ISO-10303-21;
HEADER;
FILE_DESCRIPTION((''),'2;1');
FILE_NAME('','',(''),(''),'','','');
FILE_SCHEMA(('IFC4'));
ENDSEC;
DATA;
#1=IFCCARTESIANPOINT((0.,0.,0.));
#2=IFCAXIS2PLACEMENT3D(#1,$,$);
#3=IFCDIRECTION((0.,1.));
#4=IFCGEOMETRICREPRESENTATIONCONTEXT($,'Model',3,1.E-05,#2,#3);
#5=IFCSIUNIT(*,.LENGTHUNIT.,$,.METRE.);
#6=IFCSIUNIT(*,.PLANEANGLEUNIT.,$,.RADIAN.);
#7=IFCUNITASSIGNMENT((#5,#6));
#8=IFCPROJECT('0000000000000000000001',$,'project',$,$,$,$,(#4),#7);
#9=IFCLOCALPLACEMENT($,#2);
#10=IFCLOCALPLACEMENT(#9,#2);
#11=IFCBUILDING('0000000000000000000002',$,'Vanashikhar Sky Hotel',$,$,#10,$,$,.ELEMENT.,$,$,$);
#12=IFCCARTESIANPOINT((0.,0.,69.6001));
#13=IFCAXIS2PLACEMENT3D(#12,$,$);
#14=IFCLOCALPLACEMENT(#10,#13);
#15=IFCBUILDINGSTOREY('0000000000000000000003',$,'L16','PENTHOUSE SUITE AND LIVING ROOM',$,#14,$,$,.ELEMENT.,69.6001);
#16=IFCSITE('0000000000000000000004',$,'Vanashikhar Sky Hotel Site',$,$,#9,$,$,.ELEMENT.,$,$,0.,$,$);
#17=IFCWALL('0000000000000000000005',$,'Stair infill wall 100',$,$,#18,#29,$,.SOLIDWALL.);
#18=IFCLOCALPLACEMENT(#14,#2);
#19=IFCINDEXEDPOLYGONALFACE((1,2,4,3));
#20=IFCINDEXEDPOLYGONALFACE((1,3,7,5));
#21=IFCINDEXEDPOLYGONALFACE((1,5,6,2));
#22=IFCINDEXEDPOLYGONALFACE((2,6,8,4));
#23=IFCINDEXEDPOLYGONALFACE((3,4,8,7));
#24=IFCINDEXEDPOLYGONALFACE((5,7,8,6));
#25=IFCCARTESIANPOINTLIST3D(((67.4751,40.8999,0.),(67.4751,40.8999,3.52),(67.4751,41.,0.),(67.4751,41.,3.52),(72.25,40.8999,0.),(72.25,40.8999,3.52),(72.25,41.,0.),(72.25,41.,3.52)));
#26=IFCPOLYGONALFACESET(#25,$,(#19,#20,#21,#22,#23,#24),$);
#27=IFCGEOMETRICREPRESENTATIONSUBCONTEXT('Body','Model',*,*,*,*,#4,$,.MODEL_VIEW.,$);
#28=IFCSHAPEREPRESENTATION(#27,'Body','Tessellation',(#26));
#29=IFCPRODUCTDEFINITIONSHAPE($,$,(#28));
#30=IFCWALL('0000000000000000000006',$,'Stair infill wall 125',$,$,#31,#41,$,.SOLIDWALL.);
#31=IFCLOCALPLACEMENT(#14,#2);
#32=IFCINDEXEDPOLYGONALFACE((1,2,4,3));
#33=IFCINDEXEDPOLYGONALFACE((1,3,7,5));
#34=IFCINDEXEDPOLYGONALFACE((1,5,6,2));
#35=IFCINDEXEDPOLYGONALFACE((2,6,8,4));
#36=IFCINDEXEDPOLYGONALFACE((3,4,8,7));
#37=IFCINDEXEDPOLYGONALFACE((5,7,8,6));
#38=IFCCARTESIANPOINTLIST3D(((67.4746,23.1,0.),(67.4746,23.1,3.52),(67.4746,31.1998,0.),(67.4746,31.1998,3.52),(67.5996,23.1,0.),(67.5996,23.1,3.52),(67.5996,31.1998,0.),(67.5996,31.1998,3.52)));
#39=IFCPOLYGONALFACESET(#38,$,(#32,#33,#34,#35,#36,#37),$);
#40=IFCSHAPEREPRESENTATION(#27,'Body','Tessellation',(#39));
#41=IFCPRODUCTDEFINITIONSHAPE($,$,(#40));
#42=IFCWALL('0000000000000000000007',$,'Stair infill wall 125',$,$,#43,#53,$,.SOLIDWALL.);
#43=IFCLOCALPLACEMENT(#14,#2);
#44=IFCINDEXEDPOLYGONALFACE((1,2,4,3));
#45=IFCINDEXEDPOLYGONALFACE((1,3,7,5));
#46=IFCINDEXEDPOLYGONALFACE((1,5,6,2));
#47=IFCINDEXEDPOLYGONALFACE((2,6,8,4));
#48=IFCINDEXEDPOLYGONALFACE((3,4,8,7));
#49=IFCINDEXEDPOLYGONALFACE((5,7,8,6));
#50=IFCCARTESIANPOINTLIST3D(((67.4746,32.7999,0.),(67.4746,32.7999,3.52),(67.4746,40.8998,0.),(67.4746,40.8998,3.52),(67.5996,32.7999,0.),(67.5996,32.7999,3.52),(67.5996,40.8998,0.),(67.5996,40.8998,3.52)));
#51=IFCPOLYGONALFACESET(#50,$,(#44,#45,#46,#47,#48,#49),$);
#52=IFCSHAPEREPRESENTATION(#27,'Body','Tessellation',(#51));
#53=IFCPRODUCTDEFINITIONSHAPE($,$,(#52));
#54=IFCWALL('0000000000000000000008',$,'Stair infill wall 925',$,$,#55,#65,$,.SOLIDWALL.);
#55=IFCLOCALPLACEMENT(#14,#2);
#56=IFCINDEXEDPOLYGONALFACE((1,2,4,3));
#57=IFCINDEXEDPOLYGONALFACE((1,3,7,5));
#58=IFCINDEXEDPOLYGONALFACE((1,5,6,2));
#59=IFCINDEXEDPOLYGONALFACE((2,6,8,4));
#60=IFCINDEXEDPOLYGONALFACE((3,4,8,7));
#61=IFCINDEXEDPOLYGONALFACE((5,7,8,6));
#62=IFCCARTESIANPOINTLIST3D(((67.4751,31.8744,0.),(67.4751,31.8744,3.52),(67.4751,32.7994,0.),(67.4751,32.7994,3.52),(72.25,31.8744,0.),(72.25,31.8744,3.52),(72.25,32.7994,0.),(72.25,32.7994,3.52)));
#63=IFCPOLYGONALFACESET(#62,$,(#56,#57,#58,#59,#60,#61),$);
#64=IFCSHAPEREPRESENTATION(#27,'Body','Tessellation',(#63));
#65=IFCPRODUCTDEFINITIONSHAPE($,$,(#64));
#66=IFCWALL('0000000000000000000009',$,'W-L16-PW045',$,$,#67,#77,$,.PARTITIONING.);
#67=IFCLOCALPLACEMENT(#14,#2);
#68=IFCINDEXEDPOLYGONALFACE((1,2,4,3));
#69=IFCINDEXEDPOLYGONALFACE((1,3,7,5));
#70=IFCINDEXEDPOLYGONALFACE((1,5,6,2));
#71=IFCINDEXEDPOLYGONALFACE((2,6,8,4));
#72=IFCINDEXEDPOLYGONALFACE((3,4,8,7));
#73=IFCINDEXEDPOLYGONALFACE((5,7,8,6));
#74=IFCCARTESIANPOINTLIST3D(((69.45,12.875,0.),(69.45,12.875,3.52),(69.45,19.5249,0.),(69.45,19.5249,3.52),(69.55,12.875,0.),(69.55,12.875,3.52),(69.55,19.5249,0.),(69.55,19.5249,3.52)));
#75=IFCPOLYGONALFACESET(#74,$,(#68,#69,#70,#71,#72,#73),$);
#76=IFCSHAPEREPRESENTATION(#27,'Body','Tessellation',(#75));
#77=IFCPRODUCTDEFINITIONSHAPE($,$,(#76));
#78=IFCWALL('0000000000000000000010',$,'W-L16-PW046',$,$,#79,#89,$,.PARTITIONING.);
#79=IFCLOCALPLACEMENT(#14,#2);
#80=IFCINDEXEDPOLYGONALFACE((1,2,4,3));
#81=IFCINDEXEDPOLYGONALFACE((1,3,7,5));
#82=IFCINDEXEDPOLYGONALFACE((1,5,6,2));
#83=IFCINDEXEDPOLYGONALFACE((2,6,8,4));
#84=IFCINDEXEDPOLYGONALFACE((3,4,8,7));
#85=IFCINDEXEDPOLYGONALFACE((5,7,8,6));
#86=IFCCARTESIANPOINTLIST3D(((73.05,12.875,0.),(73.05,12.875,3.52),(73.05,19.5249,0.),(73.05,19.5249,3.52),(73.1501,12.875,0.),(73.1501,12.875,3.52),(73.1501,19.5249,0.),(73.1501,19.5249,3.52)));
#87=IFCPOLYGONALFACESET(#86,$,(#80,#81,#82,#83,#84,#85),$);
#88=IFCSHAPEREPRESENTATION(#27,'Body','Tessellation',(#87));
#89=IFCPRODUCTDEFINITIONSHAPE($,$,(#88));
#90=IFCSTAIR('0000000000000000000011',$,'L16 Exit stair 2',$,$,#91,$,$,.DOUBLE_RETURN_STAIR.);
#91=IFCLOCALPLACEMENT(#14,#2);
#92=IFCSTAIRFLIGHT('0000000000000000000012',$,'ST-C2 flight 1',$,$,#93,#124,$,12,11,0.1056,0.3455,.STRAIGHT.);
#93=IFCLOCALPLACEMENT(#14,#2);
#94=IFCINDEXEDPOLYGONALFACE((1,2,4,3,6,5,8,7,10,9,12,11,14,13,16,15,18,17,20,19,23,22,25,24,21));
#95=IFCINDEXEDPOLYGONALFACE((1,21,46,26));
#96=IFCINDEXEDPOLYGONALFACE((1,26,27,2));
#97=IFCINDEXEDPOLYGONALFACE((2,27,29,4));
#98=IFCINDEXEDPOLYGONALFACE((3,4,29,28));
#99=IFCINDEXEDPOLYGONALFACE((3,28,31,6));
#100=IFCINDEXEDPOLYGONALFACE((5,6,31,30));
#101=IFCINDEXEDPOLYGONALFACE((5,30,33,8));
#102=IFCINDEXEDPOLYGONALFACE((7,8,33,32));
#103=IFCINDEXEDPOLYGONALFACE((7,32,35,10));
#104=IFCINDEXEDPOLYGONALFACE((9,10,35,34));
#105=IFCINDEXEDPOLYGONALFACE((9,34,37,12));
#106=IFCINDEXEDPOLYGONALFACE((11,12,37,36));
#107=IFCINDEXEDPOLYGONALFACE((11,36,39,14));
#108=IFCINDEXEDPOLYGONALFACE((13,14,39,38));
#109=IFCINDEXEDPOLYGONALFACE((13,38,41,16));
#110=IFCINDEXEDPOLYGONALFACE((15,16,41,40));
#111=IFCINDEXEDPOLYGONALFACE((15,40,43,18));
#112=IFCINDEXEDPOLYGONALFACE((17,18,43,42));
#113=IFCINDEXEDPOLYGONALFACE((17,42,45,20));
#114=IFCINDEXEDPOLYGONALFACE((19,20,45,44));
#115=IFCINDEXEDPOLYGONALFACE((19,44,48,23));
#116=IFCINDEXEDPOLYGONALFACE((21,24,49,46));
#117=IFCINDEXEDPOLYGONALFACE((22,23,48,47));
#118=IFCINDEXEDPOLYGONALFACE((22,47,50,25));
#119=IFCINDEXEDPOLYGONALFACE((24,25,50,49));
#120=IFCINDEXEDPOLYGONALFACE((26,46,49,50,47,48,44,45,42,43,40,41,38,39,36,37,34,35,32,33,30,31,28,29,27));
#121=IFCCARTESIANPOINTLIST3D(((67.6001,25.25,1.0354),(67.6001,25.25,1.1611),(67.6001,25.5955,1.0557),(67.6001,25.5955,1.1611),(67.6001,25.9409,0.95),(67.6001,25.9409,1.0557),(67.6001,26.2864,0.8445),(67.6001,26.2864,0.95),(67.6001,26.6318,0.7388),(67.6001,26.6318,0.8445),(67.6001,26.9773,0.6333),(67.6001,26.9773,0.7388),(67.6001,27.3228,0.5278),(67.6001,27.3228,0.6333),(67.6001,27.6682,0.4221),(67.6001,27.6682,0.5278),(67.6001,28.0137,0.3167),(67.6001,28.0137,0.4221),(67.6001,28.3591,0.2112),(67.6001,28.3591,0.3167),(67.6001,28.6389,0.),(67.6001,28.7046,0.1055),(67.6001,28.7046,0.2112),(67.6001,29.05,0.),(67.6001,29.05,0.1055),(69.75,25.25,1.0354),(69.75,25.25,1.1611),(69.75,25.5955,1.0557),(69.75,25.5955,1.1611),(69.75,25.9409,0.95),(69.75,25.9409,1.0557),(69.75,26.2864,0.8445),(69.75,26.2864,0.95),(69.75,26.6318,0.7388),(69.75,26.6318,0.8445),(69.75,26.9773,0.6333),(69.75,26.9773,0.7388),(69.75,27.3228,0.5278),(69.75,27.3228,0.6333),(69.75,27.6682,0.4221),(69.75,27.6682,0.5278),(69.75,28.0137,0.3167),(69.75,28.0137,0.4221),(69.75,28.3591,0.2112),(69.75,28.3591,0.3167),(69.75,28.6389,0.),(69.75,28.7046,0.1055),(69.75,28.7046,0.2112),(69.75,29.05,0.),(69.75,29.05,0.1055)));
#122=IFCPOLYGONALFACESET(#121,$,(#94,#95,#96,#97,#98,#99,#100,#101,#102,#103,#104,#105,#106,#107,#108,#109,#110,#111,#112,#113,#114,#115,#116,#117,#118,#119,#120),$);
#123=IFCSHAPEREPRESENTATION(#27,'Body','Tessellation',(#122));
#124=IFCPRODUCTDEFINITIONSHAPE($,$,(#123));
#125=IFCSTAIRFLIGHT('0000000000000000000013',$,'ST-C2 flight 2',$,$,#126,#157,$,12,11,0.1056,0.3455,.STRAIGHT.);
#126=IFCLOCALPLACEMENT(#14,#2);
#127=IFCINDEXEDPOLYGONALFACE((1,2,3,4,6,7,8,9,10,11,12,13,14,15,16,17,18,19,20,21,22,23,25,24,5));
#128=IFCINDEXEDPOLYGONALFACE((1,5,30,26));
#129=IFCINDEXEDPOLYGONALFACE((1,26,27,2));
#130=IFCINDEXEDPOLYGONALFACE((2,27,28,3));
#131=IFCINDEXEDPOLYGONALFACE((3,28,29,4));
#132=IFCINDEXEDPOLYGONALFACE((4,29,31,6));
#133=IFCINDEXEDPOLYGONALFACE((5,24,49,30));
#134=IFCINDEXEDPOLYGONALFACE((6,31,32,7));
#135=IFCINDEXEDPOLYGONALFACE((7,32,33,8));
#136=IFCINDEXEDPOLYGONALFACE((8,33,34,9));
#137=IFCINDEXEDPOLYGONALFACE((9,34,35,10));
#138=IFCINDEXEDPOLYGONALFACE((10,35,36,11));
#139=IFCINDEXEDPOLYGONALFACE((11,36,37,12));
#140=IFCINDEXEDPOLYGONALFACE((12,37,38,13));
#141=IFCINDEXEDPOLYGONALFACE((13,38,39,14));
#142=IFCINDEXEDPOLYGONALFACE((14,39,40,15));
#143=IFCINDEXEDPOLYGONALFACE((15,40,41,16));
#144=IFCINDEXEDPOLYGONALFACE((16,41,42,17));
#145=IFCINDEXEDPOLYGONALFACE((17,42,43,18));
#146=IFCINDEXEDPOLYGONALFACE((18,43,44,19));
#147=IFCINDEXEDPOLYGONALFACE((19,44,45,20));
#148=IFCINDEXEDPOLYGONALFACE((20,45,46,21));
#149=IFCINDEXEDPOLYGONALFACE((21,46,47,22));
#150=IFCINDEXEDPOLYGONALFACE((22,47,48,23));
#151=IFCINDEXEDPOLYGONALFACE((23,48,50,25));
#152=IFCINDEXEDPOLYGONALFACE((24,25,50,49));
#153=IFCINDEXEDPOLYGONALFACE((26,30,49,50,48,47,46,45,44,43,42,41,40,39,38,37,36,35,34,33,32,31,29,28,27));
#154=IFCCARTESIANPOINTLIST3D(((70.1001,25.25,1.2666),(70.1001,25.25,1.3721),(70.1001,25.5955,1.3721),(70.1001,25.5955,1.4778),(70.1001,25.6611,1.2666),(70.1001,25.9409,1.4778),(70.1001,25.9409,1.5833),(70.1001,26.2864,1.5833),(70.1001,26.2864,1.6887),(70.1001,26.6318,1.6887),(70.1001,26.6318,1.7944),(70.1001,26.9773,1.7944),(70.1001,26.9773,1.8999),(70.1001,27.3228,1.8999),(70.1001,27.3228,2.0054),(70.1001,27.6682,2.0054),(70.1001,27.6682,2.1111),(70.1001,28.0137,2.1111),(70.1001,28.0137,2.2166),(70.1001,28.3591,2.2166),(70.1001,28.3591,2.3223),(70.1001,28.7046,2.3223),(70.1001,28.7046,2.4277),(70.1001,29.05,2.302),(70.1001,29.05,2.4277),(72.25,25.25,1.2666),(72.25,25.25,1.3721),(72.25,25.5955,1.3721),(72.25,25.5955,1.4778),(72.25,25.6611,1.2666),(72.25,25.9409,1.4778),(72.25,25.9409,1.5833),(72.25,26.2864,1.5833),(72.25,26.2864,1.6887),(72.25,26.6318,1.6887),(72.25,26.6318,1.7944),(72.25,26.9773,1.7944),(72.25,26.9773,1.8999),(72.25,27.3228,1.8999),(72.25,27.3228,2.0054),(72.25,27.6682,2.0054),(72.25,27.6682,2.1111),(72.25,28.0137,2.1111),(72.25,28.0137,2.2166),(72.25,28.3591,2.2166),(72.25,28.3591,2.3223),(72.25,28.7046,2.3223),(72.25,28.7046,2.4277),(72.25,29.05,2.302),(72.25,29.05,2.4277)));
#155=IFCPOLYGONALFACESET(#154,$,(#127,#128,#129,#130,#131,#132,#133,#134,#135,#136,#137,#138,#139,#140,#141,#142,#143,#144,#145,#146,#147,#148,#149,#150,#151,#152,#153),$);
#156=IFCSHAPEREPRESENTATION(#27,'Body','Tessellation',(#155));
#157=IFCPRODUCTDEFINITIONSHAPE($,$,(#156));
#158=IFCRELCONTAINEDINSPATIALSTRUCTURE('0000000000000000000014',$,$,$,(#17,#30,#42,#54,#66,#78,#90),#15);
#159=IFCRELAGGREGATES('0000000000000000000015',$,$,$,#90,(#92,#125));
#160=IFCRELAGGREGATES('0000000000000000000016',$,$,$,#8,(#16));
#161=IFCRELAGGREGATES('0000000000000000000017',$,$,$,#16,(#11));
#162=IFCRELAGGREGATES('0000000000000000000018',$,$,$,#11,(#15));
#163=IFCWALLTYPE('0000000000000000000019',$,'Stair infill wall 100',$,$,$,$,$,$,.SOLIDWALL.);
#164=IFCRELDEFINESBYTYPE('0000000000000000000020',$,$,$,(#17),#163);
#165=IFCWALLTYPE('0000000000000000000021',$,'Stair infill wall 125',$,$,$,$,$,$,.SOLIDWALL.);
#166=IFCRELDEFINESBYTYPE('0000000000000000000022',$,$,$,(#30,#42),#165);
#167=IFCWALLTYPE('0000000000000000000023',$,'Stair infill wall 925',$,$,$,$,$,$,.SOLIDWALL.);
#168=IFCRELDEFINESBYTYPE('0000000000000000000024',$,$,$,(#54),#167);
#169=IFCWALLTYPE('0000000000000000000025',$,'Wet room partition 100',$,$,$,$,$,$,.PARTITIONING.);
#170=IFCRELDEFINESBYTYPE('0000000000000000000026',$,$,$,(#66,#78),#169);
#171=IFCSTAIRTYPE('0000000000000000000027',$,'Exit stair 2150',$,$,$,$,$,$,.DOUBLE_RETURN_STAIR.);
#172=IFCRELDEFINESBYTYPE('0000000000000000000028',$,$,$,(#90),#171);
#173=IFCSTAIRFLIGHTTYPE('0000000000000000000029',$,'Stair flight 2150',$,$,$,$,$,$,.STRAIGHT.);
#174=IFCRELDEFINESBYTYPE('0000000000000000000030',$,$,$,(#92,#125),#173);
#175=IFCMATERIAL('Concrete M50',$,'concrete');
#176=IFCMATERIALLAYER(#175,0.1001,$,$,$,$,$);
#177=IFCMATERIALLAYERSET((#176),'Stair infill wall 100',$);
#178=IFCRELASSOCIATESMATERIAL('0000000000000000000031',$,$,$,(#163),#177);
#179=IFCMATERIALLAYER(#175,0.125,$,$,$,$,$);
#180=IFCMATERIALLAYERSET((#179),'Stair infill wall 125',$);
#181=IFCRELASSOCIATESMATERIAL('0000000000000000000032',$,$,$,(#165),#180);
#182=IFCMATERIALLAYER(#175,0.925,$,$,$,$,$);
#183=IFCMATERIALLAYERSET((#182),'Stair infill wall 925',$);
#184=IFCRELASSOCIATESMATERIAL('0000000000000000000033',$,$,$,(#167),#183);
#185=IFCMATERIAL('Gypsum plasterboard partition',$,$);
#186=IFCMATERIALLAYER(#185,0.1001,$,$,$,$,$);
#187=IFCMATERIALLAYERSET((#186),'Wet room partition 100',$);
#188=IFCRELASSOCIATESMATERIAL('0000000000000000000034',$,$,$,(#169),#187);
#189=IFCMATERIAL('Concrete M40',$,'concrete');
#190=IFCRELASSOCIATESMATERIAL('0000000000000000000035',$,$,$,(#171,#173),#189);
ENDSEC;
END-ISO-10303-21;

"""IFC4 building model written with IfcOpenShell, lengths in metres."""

from ifc_helpers import new_model, si_unit, direction, frame, frame_2d, origin, place, context, subcontext, project, spatial, polyline, rectangle, outline, extrude, source, transform, mapped, material, layer, layer_set, type_object, element, aggregate, save


model = new_model("IFC4")

# Units and contexts
model_context = context("Model", 3, precision=1e-05, world=origin(), true_north=direction((0.0, 1.0)))
body_context = subcontext(model_context, "Body", "Model", "MODEL_VIEW")
ifc_project = project(units=[si_unit("LENGTHUNIT", "METRE"), si_unit("PLANEANGLEUNIT", "RADIAN")], contexts=[model_context])

# Site, building, storey
site_placement = place(None, origin())
site = spatial("IfcSite", under=ifc_project, at=site_placement, Name="Vanashikhar Sky Hotel Site", CompositionType="ELEMENT", RefElevation=0.0)
building_placement = place(site_placement, origin())
building = spatial("IfcBuilding", under=site, at=building_placement, Name="Vanashikhar Sky Hotel", CompositionType="ELEMENT")
storey_placement = place(building_placement, frame((0.0, 0.0, 69.6001)))
storey = spatial("IfcBuildingStorey", under=building, at=storey_placement, Name="L16", Description="PENTHOUSE SUITE AND LIVING ROOM", CompositionType="ELEMENT", Elevation=69.6001)

# Shared definitions
ifc_material_1 = material(Name="Concrete M40", Category="concrete")

# Shared definitions
ifc_material_2 = material(Name="Concrete M50", Category="concrete")

# Walls
ifc_layer_1 = layer(ifc_material_2, 0.1001)
ifc_layer_set_1 = layer_set([ifc_layer_1], Name="Stair infill wall 100")
wall_type_1 = type_object("IfcWallType", Name="Stair infill wall 100", PredefinedType="SOLIDWALL", material=ifc_layer_set_1)
shared_shape_1 = source(origin(), body_context, "Body", "SweptSolid", [
    extrude(rectangle(XDim=4.7749, YDim=0.1001, at=frame_2d((2.3875, 0.0))), origin(), (0.0, 0.0, 1.0), 3.52),
])
wall_1_placement = place(storey_placement, frame((67.4751, 40.95, 0.0), z_axis=(0.0, 0.0, 1.0), x_axis=(1.0, 0.0, 0.0)))
element("IfcWall", 1, at=wall_1_placement, inside=storey, type_object=wall_type_1, Name="Stair infill wall 100", PredefinedType="SOLIDWALL", context=body_context, shape_type="MappedRepresentation", body=[
    mapped(shared_shape_1, transform((0.0, 0.0, 0.0), scale=1.0)),
])
ifc_layer_2 = layer(ifc_material_2, 0.125)
ifc_layer_set_2 = layer_set([ifc_layer_2], Name="Stair infill wall 125")
wall_type_2 = type_object("IfcWallType", Name="Stair infill wall 125", PredefinedType="SOLIDWALL", material=ifc_layer_set_2)
shared_shape_2 = source(origin(), body_context, "Body", "SweptSolid", [
    extrude(rectangle(XDim=8.0999, YDim=0.125, at=frame_2d((4.0498, 0.0))), origin(), (0.0, 0.0, 1.0), 3.52),
])
for number, where, z_axis, x_axis, name in (
    (2, (67.5371, 23.1001, 0.0), (0.0, 0.0, 1.0), (0.0, 1.0, 0.0), "Stair infill wall 125"),
    (3, (67.5371, 32.8, 0.0), (0.0, 0.0, 1.0), (0.0, 1.0, 0.0), "Stair infill wall 125"),
):
    element("IfcWall", number, at=place(storey_placement, frame(where, z_axis=z_axis, x_axis=x_axis)), inside=storey, type_object=wall_type_2, Name=name, PredefinedType="SOLIDWALL", context=body_context, shape_type="MappedRepresentation", body=[
        mapped(shared_shape_2, transform((0.0, 0.0, 0.0), scale=1.0)),
    ])
ifc_layer_3 = layer(ifc_material_2, 0.925)
ifc_layer_set_3 = layer_set([ifc_layer_3], Name="Stair infill wall 925")
wall_type_3 = type_object("IfcWallType", Name="Stair infill wall 925", PredefinedType="SOLIDWALL", material=ifc_layer_set_3)
shared_shape_3 = source(origin(), body_context, "Body", "SweptSolid", [
    extrude(rectangle(XDim=4.7749, YDim=0.925, at=frame_2d((2.3875, 0.0))), origin(), (0.0, 0.0, 1.0), 3.52),
])
wall_2_placement = place(storey_placement, frame((67.4751, 32.3369, 0.0), z_axis=(0.0, 0.0, 1.0), x_axis=(1.0, 0.0, 0.0)))
element("IfcWall", 4, at=wall_2_placement, inside=storey, type_object=wall_type_3, Name="Stair infill wall 925", PredefinedType="SOLIDWALL", context=body_context, shape_type="MappedRepresentation", body=[
    mapped(shared_shape_3, transform((0.0, 0.0, 0.0), scale=1.0)),
])
ifc_material_3 = material(Name="Gypsum plasterboard partition")
ifc_layer_4 = layer(ifc_material_3, 0.1001)
ifc_layer_set_4 = layer_set([ifc_layer_4], Name="Wet room partition 100")
wall_type_4 = type_object("IfcWallType", Name="Wet room partition 100", PredefinedType="PARTITIONING", material=ifc_layer_set_4)
shared_shape_4 = source(origin(), body_context, "Body", "SweptSolid", [
    extrude(rectangle(XDim=6.6499, YDim=0.1001, at=frame_2d((3.325, 0.0))), origin(), (0.0, 0.0, 1.0), 3.52),
])
for number, where, z_axis, x_axis, name in (
    (5, (69.5, 12.875, 0.0), (0.0, 0.0, 1.0), (0.0, 1.0, 0.0), "W-L16-PW045"),
    (6, (73.1001, 12.875, 0.0), (0.0, 0.0, 1.0), (0.0, 1.0, 0.0), "W-L16-PW046"),
):
    element("IfcWall", number, at=place(storey_placement, frame(where, z_axis=z_axis, x_axis=x_axis)), inside=storey, type_object=wall_type_4, Name=name, PredefinedType="PARTITIONING", context=body_context, shape_type="MappedRepresentation", body=[
        mapped(shared_shape_4, transform((0.0, 0.0, 0.0), scale=1.0)),
    ])

# Stair, stair flights
stair_type = type_object("IfcStairType", Name="Exit stair 2150", PredefinedType="DOUBLE_RETURN_STAIR", material=ifc_material_1)
stair_1_placement = place(storey_placement, origin())
stair_1 = element("IfcStair", 7, at=stair_1_placement, inside=storey, type_object=stair_type, Name="L16 Exit stair 2", PredefinedType="DOUBLE_RETURN_STAIR")
stair_flight_type = type_object("IfcStairFlightType", Name="Stair flight 2150", PredefinedType="STRAIGHT", material=ifc_material_1)
shared_shape_5 = source(origin(), body_context, "Body", "SweptSolid", [
    extrude(outline(polyline([(0.0, 0.0), (0.0, 0.1055), (0.3455, 0.1055), (0.3455, 0.2112), (0.6909, 0.2112), (0.6909, 0.3167), (1.0364, 0.3167), (1.0364, 0.4221), (1.3818, 0.4221), (1.3818, 0.5278), (1.7273, 0.5278), (1.7273, 0.6333), (2.0728, 0.6333), (2.0728, 0.7388), (2.4182, 0.7388), (2.4182, 0.8445), (2.7637, 0.8445), (2.7637, 0.95), (3.1091, 0.95), (3.1091, 1.0557), (3.4546, 1.0557), (3.4546, 1.1611), (3.8, 1.1611), (3.8, 1.2666), (3.8, 1.0354), (0.4111, 0.0), (0.0, 0.0)])), frame((0.0, 1.075, 0.0), z_axis=(0.0, -1.0, 0.0), x_axis=(1.0, 0.0, 0.0)), (0.0, 0.0, 1.0), 2.1499),
])
stair_flight_1_placement = place(storey_placement, frame((68.675, 29.05, 0.0), z_axis=(0.0, 0.0, 1.0), x_axis=(0.0, -1.0, 0.0)))
stair_flight_1 = element("IfcStairFlight", 8, at=stair_flight_1_placement, type_object=stair_flight_type, Name="ST-C2 flight 1", NumberOfRisers=12, NumberOfTreads=11, PredefinedType="STRAIGHT", RiserHeight=0.1056, TreadLength=0.3455, context=body_context, shape_type="MappedRepresentation", body=[
    mapped(shared_shape_5, transform((0.0, 0.0, 0.0), scale=1.0)),
])
stair_flight_2_placement = place(storey_placement, frame((71.175, 25.25, 1.2666), z_axis=(0.0, 0.0, 1.0), x_axis=(0.0, 1.0, 0.0)))
stair_flight_2 = element("IfcStairFlight", 9, at=stair_flight_2_placement, type_object=stair_flight_type, Name="ST-C2 flight 2", NumberOfRisers=12, NumberOfTreads=11, PredefinedType="STRAIGHT", RiserHeight=0.1056, TreadLength=0.3455, context=body_context, shape_type="MappedRepresentation", body=[
    mapped(shared_shape_5, transform((0.0, 0.0, 0.0), scale=1.0)),
])
aggregate(stair_1, [stair_flight_1, stair_flight_2])

save(model, "model.ifc")
